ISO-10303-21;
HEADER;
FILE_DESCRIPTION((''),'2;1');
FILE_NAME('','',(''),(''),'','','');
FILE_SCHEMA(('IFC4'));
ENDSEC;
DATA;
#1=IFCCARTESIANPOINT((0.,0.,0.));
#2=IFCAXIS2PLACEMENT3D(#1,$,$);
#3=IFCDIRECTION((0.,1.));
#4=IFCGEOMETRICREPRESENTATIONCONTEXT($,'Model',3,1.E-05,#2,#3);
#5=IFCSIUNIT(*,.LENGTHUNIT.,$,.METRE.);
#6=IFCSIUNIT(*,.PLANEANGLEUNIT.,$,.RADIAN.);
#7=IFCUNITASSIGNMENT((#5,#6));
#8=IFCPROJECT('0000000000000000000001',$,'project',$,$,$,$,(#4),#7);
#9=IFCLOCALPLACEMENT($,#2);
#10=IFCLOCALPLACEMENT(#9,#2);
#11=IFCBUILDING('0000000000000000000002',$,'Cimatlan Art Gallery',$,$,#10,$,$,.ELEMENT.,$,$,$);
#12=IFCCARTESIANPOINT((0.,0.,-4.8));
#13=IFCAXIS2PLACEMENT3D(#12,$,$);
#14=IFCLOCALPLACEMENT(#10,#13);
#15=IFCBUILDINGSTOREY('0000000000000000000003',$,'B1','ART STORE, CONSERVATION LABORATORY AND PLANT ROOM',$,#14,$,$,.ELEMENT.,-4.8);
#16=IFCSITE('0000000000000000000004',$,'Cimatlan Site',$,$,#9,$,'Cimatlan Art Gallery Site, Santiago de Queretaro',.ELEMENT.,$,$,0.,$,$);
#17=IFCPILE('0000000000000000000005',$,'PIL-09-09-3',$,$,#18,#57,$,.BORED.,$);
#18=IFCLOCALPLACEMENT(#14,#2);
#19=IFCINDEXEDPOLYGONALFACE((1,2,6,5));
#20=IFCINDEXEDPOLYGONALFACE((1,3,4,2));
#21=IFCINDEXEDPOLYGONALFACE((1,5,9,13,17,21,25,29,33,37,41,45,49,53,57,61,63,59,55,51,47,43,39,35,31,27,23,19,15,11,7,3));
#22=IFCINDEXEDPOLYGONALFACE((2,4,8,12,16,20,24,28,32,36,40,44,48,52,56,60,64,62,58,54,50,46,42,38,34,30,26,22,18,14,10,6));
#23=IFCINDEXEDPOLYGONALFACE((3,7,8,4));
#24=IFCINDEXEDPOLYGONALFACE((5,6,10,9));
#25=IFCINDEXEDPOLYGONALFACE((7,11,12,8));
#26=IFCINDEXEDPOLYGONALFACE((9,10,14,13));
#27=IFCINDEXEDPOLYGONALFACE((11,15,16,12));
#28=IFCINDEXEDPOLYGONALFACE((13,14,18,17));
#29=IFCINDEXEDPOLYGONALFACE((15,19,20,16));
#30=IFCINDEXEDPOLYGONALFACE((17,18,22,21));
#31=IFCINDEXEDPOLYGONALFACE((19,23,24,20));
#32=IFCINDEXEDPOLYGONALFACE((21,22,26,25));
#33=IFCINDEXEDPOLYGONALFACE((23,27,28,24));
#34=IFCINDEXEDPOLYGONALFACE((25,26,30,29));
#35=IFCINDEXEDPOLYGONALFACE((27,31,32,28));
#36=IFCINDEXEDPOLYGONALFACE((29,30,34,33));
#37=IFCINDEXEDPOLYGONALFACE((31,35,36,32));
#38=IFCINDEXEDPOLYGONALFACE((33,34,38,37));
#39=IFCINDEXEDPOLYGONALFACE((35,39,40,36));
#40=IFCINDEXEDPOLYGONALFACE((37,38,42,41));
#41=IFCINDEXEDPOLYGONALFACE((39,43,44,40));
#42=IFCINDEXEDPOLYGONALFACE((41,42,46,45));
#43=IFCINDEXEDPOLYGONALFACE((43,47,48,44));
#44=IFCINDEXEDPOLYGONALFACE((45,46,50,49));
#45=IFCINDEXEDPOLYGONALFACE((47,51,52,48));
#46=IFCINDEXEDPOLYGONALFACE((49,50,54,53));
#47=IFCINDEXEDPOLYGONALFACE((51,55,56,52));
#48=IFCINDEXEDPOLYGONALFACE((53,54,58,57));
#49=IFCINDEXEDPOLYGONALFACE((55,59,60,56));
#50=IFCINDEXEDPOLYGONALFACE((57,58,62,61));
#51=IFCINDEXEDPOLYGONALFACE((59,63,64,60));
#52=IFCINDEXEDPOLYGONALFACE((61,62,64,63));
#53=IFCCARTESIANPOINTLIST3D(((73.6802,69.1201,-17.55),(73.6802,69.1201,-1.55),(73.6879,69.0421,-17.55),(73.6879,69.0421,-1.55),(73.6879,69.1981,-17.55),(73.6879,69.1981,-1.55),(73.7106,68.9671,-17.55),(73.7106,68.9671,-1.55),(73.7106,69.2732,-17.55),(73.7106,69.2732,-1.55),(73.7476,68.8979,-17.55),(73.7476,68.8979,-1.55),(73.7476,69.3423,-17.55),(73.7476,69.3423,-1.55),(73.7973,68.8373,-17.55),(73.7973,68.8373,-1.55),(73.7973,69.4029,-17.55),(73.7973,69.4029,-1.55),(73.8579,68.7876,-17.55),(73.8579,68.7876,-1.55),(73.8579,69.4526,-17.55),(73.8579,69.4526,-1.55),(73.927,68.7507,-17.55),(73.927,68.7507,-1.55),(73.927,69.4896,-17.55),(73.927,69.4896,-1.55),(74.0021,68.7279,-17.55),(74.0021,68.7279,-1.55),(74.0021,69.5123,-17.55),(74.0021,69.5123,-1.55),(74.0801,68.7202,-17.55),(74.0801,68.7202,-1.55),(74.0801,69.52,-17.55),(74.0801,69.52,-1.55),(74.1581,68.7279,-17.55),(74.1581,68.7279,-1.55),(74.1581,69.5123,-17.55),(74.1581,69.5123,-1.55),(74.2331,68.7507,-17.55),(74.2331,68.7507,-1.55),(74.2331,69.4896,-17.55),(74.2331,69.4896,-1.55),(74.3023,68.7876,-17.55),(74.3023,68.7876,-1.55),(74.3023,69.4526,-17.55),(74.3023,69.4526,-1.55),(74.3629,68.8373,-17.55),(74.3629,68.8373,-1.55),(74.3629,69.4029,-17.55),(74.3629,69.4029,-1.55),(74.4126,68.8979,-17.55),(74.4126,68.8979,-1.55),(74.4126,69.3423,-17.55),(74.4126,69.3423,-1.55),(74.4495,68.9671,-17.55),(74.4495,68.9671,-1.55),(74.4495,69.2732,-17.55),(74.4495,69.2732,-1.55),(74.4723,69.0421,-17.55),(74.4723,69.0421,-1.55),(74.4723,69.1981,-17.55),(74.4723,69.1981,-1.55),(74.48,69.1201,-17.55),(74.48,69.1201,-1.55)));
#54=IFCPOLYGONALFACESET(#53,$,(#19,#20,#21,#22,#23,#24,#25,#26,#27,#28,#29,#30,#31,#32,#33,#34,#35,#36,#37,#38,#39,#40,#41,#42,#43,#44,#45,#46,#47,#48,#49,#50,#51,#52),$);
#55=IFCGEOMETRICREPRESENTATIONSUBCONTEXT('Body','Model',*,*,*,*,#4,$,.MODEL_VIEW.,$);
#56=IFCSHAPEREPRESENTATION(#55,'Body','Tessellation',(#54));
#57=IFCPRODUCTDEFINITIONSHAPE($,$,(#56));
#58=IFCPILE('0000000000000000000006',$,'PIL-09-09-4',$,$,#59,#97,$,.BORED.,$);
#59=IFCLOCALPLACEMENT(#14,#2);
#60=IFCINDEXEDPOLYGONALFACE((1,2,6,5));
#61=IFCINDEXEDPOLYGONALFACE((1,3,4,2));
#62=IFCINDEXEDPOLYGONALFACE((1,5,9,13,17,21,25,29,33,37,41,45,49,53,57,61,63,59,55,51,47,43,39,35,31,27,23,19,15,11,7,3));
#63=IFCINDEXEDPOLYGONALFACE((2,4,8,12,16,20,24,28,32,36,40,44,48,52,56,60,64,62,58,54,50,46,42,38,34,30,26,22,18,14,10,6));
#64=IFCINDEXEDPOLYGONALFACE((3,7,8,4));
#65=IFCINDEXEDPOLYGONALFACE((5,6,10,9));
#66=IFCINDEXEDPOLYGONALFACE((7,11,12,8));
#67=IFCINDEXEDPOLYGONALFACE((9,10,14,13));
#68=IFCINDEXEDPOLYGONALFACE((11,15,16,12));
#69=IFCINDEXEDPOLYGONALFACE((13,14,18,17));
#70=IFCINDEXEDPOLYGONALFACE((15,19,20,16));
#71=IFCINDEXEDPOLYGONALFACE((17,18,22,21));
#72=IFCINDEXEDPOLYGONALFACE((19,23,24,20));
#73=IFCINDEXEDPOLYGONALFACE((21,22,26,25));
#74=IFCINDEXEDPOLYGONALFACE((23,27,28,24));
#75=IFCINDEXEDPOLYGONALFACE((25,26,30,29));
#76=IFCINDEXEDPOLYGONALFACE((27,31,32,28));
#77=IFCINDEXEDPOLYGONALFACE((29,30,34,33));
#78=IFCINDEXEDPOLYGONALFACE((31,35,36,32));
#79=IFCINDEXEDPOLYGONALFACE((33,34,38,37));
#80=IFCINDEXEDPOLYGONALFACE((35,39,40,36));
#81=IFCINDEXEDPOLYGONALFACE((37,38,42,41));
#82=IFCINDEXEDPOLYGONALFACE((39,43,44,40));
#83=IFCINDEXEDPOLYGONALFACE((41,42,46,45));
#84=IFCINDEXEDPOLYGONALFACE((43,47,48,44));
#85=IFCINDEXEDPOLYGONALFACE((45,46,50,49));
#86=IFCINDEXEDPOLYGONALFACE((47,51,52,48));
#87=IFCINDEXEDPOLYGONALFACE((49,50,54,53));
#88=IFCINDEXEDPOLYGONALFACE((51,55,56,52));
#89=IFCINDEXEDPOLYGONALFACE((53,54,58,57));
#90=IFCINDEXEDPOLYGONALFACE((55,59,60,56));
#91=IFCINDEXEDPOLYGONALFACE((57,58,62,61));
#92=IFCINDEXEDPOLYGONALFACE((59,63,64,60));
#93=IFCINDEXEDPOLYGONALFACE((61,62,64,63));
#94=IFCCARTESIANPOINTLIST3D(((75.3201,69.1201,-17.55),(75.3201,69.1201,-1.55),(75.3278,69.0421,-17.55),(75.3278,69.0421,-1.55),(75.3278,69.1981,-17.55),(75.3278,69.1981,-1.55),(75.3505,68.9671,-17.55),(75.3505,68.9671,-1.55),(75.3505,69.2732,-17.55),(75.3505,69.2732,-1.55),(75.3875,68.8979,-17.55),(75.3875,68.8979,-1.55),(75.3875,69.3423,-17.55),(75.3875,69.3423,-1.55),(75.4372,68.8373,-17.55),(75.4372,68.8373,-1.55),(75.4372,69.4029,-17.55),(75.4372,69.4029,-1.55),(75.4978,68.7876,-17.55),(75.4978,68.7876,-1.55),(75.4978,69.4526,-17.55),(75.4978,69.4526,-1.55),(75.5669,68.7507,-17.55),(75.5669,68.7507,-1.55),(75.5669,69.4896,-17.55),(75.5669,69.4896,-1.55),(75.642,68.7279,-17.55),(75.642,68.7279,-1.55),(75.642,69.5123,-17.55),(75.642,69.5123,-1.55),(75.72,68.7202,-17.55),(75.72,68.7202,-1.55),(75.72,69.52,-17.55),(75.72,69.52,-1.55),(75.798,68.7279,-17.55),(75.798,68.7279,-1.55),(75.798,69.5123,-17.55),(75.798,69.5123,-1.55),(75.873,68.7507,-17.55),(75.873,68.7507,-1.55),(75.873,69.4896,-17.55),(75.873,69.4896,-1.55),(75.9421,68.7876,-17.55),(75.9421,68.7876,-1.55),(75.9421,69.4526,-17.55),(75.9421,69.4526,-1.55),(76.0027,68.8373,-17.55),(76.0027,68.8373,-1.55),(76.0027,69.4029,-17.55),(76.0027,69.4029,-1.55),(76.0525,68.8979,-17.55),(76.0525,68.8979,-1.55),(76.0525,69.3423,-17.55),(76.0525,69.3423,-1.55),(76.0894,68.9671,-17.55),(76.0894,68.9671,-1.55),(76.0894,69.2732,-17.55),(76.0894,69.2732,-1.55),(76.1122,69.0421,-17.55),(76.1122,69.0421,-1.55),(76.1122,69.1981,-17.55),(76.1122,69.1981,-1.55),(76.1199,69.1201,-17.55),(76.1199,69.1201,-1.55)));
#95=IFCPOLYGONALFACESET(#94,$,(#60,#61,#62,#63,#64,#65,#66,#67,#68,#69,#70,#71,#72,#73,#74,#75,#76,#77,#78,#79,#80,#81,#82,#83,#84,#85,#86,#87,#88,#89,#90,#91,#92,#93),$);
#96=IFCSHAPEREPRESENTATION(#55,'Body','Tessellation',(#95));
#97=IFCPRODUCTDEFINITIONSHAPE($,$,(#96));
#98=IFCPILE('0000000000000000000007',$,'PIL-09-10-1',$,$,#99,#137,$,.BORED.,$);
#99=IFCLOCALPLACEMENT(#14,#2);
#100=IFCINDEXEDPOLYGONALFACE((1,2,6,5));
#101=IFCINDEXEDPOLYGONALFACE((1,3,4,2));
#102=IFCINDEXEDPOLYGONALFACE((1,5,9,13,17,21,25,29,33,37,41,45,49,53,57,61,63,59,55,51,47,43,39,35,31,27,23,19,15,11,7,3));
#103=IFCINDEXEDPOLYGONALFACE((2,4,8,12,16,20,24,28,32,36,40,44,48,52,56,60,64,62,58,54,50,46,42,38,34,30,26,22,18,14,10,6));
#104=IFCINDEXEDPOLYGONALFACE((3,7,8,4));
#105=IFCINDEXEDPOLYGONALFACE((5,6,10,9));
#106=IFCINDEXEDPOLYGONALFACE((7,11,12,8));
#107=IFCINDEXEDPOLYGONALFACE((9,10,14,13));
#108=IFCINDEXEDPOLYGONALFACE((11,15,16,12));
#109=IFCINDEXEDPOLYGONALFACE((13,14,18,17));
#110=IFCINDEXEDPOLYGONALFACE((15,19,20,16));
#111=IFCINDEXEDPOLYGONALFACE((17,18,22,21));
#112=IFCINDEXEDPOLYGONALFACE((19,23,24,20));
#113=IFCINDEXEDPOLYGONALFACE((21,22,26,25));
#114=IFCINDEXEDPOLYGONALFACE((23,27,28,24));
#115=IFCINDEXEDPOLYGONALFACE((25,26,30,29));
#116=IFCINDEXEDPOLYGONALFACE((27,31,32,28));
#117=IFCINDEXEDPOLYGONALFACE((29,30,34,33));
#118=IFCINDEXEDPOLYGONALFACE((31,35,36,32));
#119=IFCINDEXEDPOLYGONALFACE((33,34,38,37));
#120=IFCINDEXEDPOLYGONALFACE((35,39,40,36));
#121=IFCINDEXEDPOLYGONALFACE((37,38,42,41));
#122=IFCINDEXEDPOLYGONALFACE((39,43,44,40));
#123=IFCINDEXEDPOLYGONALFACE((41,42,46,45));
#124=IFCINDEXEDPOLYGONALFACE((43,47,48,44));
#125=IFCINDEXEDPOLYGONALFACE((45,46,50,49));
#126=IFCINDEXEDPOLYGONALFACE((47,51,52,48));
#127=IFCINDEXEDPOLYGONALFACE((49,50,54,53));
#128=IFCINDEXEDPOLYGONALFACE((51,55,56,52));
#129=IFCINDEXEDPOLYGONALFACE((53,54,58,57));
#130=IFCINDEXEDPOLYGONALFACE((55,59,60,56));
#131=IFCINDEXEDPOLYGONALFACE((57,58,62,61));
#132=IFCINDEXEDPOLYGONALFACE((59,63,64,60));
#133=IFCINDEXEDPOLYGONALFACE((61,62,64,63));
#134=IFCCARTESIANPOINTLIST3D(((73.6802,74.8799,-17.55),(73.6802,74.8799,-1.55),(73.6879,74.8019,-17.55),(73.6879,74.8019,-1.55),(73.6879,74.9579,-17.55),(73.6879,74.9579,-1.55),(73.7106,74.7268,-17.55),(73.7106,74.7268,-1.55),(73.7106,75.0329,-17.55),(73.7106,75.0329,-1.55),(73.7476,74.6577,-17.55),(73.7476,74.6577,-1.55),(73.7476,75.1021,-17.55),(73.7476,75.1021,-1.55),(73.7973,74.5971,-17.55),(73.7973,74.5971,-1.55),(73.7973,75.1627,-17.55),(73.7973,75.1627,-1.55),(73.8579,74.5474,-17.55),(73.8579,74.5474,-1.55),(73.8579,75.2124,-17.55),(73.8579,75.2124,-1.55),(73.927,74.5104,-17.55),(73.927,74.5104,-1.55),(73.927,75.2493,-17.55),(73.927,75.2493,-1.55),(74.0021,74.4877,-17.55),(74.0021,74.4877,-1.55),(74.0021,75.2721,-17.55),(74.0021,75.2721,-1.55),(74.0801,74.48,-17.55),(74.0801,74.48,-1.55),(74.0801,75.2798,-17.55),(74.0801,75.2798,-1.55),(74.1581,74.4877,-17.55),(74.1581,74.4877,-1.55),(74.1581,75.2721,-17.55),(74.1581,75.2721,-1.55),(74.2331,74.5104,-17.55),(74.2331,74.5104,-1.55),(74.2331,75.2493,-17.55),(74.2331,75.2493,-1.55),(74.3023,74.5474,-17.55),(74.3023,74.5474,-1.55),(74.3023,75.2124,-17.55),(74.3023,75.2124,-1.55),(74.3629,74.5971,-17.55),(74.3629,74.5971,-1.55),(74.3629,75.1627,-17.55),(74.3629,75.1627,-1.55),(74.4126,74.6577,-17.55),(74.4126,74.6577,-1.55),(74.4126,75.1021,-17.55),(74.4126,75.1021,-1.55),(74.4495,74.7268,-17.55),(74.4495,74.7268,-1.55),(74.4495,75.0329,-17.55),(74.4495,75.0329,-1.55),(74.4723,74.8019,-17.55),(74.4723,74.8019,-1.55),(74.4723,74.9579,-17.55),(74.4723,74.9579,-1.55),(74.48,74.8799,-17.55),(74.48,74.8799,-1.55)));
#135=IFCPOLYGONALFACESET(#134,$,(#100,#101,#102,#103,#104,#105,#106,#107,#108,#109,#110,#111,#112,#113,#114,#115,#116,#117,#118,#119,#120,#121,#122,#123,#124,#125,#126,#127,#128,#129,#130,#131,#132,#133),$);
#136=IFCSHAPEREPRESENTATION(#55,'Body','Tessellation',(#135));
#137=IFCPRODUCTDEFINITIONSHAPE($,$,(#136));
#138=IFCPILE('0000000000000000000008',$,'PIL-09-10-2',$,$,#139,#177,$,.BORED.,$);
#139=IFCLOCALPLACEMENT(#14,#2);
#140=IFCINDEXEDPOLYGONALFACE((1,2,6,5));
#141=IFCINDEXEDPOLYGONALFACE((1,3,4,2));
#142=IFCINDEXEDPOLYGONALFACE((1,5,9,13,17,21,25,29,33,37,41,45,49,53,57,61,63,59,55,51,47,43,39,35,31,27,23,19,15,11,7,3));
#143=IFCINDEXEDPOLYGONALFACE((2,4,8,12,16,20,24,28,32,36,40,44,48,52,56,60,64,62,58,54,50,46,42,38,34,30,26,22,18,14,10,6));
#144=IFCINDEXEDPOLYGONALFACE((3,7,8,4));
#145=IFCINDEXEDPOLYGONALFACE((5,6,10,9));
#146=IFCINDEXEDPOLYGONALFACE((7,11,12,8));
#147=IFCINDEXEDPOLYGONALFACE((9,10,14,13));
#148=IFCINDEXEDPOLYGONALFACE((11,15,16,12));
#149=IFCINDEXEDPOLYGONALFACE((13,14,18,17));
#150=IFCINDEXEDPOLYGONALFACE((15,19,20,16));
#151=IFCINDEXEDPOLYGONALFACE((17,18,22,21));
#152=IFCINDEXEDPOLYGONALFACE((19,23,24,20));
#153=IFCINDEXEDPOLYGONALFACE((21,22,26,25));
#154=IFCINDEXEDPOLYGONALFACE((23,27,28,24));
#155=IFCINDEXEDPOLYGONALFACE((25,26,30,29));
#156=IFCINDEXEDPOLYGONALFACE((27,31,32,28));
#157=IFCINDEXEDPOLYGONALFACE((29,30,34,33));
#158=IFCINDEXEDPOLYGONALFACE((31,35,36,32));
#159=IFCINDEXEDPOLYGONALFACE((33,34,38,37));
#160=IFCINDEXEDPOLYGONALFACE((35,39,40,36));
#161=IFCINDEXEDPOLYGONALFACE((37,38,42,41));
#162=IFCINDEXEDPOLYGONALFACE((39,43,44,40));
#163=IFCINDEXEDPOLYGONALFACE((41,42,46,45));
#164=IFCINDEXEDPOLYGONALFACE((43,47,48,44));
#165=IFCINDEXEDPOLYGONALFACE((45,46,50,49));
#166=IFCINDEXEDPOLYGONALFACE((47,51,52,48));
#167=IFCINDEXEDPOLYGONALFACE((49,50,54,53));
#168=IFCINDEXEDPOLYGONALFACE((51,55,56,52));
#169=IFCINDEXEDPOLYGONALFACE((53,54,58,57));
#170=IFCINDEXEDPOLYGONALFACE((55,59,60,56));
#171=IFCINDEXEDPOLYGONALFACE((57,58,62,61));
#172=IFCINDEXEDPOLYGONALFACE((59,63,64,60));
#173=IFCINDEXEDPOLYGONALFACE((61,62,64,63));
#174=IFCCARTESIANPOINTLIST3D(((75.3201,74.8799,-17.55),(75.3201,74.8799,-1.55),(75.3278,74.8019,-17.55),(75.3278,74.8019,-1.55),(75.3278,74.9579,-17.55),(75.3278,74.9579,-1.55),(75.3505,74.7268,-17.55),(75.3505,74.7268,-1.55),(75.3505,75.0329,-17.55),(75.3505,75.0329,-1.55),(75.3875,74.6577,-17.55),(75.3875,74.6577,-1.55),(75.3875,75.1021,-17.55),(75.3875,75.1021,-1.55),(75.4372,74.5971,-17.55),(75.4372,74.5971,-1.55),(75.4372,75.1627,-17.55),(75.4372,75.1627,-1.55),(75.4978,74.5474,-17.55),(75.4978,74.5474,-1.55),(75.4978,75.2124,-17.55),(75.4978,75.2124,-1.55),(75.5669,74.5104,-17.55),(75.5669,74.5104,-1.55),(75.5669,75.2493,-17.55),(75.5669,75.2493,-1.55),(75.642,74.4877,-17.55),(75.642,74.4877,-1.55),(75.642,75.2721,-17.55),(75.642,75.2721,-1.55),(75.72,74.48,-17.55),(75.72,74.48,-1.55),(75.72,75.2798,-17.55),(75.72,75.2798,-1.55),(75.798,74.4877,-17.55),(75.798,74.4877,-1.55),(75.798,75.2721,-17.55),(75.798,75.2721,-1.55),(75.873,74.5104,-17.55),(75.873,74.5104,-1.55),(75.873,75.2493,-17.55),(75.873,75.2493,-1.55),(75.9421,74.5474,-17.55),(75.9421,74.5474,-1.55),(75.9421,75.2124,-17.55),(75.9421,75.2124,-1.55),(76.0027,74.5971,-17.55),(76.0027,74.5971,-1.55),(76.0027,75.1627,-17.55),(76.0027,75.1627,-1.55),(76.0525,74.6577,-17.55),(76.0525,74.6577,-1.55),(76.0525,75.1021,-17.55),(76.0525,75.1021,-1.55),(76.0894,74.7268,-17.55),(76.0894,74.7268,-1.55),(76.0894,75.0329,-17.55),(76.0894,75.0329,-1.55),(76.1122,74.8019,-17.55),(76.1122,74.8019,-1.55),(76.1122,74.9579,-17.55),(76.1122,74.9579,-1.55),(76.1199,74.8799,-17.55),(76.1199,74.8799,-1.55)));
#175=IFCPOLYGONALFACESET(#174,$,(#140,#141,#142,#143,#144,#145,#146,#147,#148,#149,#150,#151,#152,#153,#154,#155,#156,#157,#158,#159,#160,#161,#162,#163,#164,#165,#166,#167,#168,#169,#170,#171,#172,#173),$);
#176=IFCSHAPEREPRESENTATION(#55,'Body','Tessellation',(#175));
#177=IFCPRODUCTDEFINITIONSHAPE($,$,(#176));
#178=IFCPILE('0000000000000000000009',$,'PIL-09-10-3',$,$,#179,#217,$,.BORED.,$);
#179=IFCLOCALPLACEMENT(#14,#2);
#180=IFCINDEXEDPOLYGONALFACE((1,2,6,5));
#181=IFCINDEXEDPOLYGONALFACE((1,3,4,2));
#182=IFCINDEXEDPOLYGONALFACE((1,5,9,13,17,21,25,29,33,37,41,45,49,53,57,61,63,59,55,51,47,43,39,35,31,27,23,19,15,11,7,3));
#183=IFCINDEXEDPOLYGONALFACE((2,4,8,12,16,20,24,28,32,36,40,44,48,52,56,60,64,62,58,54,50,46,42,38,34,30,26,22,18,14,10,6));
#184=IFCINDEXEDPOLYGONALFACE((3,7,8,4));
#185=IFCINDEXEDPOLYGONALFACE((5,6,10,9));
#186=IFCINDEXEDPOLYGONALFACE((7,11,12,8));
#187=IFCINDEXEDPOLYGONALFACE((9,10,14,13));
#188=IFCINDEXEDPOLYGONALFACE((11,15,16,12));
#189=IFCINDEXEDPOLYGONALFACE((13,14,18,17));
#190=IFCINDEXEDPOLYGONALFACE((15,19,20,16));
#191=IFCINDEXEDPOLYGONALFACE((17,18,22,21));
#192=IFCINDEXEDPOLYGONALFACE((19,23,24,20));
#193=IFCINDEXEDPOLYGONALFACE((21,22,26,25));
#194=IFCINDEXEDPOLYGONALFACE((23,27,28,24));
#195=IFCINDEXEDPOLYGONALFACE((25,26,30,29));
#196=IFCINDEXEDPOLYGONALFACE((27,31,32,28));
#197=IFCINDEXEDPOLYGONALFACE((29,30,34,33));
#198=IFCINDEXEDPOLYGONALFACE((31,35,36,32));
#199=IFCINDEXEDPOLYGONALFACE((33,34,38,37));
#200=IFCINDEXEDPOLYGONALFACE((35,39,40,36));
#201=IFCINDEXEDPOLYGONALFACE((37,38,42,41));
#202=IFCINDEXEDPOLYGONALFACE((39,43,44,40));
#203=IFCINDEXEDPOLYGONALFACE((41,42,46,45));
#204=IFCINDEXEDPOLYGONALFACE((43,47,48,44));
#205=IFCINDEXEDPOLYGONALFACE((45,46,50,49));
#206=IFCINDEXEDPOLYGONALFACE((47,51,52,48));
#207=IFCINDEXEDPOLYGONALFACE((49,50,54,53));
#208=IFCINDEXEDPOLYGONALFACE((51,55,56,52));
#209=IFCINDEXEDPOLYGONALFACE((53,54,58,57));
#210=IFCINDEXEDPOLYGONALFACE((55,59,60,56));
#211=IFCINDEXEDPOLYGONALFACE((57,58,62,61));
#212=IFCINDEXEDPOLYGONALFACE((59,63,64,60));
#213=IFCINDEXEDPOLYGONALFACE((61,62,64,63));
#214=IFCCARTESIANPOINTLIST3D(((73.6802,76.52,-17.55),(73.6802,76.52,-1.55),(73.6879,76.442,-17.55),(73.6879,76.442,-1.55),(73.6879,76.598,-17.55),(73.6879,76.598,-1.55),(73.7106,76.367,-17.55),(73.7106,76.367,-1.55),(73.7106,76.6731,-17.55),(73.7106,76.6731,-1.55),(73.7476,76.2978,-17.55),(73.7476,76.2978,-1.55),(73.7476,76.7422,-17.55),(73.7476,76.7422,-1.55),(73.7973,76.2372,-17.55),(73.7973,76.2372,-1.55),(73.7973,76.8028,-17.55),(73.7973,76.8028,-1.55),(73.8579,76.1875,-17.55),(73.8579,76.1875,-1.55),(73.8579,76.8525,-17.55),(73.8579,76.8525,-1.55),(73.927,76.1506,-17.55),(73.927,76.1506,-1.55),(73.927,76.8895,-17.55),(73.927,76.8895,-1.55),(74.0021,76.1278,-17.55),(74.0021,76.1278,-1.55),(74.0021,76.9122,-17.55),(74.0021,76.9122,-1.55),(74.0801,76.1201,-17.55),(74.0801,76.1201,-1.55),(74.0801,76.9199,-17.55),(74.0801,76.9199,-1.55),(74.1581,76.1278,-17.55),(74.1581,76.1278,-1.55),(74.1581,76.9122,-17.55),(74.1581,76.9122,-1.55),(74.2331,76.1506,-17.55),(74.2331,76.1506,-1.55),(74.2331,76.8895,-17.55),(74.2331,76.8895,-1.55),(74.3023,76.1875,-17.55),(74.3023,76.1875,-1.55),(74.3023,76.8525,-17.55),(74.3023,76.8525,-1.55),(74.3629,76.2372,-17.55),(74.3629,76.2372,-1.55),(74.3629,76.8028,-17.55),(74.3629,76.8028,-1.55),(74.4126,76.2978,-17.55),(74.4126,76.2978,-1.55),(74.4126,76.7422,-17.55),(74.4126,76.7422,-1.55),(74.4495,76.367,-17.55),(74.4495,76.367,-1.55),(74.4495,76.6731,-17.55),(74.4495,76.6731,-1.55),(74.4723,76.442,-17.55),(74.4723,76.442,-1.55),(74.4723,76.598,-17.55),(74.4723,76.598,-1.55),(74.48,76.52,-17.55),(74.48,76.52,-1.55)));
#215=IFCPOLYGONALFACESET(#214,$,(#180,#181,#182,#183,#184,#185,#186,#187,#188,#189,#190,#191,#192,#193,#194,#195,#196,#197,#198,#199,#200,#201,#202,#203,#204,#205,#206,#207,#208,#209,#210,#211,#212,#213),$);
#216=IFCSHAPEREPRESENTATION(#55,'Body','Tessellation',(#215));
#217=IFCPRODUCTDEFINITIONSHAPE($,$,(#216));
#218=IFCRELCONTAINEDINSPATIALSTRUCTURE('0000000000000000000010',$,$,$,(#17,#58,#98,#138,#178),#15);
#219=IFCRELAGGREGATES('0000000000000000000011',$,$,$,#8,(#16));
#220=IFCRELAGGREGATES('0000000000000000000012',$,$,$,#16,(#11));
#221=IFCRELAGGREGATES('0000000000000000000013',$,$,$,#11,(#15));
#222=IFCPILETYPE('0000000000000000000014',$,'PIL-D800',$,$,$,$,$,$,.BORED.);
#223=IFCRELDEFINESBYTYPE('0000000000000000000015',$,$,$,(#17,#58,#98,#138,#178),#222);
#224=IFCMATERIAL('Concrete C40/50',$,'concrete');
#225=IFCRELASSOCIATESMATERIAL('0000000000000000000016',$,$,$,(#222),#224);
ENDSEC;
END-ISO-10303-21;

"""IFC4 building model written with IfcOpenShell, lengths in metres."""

from ifc_helpers import new_model, si_unit, direction, frame, origin, origin_2d, place, context, subcontext, project, spatial, circle, extrude, material, type_object, element, save


model = new_model("IFC4")

# Units and contexts
model_context = context("Model", 3, precision=1e-05, world=origin(), true_north=direction((0.0, 1.0)))
body_context = subcontext(model_context, "Body", "Model", "MODEL_VIEW")
ifc_project = project(units=[si_unit("LENGTHUNIT", "METRE"), si_unit("PLANEANGLEUNIT", "RADIAN")], contexts=[model_context])

# Site, building, storey
site_placement = place(None, origin())
site = spatial("IfcSite", under=ifc_project, at=site_placement, Name="Cimatlan Site", LongName="Cimatlan Art Gallery Site, Santiago de Queretaro", CompositionType="ELEMENT", RefElevation=0.0)
building_placement = place(site_placement, origin())
building = spatial("IfcBuilding", under=site, at=building_placement, Name="Cimatlan Art Gallery", CompositionType="ELEMENT")
storey_placement = place(building_placement, frame((0.0, 0.0, -4.8)))
storey = spatial("IfcBuildingStorey", under=building, at=storey_placement, Name="B1", Description="ART STORE, CONSERVATION LABORATORY AND PLANT ROOM", CompositionType="ELEMENT", Elevation=-4.8)

# Shared definitions
ifc_material_1 = material(Name="Concrete C40/50", Category="concrete")

# Piles
pile_type = type_object("IfcPileType", Name="PIL-D800", PredefinedType="BORED", material=ifc_material_1)
for number, where, z_axis, x_axis, name in (
    (1, (74.0801, 69.1201, -1.55), (0.0, 0.0, -1.0), (1.0, 0.0, 0.0), "PIL-09-09-3"),
    (2, (75.72, 69.1201, -1.55), (0.0, 0.0, -1.0), (1.0, 0.0, 0.0), "PIL-09-09-4"),
    (3, (74.0801, 74.8799, -1.55), (0.0, 0.0, -1.0), (1.0, 0.0, 0.0), "PIL-09-10-1"),
    (4, (75.72, 74.8799, -1.55), (0.0, 0.0, -1.0), (1.0, 0.0, 0.0), "PIL-09-10-2"),
    (5, (74.0801, 76.52, -1.55), (0.0, 0.0, -1.0), (1.0, 0.0, 0.0), "PIL-09-10-3"),
):
    element("IfcPile", number, at=place(storey_placement, frame(where, z_axis=z_axis, x_axis=x_axis)), inside=storey, type_object=pile_type, Name=name, PredefinedType="BORED", context=body_context, shape_type="SweptSolid", body=[
        extrude(circle(Radius=0.3999, at=origin_2d()), origin(), (0.0, 0.0, 1.0), 16.0),
    ])

save(model, "model.ifc")
